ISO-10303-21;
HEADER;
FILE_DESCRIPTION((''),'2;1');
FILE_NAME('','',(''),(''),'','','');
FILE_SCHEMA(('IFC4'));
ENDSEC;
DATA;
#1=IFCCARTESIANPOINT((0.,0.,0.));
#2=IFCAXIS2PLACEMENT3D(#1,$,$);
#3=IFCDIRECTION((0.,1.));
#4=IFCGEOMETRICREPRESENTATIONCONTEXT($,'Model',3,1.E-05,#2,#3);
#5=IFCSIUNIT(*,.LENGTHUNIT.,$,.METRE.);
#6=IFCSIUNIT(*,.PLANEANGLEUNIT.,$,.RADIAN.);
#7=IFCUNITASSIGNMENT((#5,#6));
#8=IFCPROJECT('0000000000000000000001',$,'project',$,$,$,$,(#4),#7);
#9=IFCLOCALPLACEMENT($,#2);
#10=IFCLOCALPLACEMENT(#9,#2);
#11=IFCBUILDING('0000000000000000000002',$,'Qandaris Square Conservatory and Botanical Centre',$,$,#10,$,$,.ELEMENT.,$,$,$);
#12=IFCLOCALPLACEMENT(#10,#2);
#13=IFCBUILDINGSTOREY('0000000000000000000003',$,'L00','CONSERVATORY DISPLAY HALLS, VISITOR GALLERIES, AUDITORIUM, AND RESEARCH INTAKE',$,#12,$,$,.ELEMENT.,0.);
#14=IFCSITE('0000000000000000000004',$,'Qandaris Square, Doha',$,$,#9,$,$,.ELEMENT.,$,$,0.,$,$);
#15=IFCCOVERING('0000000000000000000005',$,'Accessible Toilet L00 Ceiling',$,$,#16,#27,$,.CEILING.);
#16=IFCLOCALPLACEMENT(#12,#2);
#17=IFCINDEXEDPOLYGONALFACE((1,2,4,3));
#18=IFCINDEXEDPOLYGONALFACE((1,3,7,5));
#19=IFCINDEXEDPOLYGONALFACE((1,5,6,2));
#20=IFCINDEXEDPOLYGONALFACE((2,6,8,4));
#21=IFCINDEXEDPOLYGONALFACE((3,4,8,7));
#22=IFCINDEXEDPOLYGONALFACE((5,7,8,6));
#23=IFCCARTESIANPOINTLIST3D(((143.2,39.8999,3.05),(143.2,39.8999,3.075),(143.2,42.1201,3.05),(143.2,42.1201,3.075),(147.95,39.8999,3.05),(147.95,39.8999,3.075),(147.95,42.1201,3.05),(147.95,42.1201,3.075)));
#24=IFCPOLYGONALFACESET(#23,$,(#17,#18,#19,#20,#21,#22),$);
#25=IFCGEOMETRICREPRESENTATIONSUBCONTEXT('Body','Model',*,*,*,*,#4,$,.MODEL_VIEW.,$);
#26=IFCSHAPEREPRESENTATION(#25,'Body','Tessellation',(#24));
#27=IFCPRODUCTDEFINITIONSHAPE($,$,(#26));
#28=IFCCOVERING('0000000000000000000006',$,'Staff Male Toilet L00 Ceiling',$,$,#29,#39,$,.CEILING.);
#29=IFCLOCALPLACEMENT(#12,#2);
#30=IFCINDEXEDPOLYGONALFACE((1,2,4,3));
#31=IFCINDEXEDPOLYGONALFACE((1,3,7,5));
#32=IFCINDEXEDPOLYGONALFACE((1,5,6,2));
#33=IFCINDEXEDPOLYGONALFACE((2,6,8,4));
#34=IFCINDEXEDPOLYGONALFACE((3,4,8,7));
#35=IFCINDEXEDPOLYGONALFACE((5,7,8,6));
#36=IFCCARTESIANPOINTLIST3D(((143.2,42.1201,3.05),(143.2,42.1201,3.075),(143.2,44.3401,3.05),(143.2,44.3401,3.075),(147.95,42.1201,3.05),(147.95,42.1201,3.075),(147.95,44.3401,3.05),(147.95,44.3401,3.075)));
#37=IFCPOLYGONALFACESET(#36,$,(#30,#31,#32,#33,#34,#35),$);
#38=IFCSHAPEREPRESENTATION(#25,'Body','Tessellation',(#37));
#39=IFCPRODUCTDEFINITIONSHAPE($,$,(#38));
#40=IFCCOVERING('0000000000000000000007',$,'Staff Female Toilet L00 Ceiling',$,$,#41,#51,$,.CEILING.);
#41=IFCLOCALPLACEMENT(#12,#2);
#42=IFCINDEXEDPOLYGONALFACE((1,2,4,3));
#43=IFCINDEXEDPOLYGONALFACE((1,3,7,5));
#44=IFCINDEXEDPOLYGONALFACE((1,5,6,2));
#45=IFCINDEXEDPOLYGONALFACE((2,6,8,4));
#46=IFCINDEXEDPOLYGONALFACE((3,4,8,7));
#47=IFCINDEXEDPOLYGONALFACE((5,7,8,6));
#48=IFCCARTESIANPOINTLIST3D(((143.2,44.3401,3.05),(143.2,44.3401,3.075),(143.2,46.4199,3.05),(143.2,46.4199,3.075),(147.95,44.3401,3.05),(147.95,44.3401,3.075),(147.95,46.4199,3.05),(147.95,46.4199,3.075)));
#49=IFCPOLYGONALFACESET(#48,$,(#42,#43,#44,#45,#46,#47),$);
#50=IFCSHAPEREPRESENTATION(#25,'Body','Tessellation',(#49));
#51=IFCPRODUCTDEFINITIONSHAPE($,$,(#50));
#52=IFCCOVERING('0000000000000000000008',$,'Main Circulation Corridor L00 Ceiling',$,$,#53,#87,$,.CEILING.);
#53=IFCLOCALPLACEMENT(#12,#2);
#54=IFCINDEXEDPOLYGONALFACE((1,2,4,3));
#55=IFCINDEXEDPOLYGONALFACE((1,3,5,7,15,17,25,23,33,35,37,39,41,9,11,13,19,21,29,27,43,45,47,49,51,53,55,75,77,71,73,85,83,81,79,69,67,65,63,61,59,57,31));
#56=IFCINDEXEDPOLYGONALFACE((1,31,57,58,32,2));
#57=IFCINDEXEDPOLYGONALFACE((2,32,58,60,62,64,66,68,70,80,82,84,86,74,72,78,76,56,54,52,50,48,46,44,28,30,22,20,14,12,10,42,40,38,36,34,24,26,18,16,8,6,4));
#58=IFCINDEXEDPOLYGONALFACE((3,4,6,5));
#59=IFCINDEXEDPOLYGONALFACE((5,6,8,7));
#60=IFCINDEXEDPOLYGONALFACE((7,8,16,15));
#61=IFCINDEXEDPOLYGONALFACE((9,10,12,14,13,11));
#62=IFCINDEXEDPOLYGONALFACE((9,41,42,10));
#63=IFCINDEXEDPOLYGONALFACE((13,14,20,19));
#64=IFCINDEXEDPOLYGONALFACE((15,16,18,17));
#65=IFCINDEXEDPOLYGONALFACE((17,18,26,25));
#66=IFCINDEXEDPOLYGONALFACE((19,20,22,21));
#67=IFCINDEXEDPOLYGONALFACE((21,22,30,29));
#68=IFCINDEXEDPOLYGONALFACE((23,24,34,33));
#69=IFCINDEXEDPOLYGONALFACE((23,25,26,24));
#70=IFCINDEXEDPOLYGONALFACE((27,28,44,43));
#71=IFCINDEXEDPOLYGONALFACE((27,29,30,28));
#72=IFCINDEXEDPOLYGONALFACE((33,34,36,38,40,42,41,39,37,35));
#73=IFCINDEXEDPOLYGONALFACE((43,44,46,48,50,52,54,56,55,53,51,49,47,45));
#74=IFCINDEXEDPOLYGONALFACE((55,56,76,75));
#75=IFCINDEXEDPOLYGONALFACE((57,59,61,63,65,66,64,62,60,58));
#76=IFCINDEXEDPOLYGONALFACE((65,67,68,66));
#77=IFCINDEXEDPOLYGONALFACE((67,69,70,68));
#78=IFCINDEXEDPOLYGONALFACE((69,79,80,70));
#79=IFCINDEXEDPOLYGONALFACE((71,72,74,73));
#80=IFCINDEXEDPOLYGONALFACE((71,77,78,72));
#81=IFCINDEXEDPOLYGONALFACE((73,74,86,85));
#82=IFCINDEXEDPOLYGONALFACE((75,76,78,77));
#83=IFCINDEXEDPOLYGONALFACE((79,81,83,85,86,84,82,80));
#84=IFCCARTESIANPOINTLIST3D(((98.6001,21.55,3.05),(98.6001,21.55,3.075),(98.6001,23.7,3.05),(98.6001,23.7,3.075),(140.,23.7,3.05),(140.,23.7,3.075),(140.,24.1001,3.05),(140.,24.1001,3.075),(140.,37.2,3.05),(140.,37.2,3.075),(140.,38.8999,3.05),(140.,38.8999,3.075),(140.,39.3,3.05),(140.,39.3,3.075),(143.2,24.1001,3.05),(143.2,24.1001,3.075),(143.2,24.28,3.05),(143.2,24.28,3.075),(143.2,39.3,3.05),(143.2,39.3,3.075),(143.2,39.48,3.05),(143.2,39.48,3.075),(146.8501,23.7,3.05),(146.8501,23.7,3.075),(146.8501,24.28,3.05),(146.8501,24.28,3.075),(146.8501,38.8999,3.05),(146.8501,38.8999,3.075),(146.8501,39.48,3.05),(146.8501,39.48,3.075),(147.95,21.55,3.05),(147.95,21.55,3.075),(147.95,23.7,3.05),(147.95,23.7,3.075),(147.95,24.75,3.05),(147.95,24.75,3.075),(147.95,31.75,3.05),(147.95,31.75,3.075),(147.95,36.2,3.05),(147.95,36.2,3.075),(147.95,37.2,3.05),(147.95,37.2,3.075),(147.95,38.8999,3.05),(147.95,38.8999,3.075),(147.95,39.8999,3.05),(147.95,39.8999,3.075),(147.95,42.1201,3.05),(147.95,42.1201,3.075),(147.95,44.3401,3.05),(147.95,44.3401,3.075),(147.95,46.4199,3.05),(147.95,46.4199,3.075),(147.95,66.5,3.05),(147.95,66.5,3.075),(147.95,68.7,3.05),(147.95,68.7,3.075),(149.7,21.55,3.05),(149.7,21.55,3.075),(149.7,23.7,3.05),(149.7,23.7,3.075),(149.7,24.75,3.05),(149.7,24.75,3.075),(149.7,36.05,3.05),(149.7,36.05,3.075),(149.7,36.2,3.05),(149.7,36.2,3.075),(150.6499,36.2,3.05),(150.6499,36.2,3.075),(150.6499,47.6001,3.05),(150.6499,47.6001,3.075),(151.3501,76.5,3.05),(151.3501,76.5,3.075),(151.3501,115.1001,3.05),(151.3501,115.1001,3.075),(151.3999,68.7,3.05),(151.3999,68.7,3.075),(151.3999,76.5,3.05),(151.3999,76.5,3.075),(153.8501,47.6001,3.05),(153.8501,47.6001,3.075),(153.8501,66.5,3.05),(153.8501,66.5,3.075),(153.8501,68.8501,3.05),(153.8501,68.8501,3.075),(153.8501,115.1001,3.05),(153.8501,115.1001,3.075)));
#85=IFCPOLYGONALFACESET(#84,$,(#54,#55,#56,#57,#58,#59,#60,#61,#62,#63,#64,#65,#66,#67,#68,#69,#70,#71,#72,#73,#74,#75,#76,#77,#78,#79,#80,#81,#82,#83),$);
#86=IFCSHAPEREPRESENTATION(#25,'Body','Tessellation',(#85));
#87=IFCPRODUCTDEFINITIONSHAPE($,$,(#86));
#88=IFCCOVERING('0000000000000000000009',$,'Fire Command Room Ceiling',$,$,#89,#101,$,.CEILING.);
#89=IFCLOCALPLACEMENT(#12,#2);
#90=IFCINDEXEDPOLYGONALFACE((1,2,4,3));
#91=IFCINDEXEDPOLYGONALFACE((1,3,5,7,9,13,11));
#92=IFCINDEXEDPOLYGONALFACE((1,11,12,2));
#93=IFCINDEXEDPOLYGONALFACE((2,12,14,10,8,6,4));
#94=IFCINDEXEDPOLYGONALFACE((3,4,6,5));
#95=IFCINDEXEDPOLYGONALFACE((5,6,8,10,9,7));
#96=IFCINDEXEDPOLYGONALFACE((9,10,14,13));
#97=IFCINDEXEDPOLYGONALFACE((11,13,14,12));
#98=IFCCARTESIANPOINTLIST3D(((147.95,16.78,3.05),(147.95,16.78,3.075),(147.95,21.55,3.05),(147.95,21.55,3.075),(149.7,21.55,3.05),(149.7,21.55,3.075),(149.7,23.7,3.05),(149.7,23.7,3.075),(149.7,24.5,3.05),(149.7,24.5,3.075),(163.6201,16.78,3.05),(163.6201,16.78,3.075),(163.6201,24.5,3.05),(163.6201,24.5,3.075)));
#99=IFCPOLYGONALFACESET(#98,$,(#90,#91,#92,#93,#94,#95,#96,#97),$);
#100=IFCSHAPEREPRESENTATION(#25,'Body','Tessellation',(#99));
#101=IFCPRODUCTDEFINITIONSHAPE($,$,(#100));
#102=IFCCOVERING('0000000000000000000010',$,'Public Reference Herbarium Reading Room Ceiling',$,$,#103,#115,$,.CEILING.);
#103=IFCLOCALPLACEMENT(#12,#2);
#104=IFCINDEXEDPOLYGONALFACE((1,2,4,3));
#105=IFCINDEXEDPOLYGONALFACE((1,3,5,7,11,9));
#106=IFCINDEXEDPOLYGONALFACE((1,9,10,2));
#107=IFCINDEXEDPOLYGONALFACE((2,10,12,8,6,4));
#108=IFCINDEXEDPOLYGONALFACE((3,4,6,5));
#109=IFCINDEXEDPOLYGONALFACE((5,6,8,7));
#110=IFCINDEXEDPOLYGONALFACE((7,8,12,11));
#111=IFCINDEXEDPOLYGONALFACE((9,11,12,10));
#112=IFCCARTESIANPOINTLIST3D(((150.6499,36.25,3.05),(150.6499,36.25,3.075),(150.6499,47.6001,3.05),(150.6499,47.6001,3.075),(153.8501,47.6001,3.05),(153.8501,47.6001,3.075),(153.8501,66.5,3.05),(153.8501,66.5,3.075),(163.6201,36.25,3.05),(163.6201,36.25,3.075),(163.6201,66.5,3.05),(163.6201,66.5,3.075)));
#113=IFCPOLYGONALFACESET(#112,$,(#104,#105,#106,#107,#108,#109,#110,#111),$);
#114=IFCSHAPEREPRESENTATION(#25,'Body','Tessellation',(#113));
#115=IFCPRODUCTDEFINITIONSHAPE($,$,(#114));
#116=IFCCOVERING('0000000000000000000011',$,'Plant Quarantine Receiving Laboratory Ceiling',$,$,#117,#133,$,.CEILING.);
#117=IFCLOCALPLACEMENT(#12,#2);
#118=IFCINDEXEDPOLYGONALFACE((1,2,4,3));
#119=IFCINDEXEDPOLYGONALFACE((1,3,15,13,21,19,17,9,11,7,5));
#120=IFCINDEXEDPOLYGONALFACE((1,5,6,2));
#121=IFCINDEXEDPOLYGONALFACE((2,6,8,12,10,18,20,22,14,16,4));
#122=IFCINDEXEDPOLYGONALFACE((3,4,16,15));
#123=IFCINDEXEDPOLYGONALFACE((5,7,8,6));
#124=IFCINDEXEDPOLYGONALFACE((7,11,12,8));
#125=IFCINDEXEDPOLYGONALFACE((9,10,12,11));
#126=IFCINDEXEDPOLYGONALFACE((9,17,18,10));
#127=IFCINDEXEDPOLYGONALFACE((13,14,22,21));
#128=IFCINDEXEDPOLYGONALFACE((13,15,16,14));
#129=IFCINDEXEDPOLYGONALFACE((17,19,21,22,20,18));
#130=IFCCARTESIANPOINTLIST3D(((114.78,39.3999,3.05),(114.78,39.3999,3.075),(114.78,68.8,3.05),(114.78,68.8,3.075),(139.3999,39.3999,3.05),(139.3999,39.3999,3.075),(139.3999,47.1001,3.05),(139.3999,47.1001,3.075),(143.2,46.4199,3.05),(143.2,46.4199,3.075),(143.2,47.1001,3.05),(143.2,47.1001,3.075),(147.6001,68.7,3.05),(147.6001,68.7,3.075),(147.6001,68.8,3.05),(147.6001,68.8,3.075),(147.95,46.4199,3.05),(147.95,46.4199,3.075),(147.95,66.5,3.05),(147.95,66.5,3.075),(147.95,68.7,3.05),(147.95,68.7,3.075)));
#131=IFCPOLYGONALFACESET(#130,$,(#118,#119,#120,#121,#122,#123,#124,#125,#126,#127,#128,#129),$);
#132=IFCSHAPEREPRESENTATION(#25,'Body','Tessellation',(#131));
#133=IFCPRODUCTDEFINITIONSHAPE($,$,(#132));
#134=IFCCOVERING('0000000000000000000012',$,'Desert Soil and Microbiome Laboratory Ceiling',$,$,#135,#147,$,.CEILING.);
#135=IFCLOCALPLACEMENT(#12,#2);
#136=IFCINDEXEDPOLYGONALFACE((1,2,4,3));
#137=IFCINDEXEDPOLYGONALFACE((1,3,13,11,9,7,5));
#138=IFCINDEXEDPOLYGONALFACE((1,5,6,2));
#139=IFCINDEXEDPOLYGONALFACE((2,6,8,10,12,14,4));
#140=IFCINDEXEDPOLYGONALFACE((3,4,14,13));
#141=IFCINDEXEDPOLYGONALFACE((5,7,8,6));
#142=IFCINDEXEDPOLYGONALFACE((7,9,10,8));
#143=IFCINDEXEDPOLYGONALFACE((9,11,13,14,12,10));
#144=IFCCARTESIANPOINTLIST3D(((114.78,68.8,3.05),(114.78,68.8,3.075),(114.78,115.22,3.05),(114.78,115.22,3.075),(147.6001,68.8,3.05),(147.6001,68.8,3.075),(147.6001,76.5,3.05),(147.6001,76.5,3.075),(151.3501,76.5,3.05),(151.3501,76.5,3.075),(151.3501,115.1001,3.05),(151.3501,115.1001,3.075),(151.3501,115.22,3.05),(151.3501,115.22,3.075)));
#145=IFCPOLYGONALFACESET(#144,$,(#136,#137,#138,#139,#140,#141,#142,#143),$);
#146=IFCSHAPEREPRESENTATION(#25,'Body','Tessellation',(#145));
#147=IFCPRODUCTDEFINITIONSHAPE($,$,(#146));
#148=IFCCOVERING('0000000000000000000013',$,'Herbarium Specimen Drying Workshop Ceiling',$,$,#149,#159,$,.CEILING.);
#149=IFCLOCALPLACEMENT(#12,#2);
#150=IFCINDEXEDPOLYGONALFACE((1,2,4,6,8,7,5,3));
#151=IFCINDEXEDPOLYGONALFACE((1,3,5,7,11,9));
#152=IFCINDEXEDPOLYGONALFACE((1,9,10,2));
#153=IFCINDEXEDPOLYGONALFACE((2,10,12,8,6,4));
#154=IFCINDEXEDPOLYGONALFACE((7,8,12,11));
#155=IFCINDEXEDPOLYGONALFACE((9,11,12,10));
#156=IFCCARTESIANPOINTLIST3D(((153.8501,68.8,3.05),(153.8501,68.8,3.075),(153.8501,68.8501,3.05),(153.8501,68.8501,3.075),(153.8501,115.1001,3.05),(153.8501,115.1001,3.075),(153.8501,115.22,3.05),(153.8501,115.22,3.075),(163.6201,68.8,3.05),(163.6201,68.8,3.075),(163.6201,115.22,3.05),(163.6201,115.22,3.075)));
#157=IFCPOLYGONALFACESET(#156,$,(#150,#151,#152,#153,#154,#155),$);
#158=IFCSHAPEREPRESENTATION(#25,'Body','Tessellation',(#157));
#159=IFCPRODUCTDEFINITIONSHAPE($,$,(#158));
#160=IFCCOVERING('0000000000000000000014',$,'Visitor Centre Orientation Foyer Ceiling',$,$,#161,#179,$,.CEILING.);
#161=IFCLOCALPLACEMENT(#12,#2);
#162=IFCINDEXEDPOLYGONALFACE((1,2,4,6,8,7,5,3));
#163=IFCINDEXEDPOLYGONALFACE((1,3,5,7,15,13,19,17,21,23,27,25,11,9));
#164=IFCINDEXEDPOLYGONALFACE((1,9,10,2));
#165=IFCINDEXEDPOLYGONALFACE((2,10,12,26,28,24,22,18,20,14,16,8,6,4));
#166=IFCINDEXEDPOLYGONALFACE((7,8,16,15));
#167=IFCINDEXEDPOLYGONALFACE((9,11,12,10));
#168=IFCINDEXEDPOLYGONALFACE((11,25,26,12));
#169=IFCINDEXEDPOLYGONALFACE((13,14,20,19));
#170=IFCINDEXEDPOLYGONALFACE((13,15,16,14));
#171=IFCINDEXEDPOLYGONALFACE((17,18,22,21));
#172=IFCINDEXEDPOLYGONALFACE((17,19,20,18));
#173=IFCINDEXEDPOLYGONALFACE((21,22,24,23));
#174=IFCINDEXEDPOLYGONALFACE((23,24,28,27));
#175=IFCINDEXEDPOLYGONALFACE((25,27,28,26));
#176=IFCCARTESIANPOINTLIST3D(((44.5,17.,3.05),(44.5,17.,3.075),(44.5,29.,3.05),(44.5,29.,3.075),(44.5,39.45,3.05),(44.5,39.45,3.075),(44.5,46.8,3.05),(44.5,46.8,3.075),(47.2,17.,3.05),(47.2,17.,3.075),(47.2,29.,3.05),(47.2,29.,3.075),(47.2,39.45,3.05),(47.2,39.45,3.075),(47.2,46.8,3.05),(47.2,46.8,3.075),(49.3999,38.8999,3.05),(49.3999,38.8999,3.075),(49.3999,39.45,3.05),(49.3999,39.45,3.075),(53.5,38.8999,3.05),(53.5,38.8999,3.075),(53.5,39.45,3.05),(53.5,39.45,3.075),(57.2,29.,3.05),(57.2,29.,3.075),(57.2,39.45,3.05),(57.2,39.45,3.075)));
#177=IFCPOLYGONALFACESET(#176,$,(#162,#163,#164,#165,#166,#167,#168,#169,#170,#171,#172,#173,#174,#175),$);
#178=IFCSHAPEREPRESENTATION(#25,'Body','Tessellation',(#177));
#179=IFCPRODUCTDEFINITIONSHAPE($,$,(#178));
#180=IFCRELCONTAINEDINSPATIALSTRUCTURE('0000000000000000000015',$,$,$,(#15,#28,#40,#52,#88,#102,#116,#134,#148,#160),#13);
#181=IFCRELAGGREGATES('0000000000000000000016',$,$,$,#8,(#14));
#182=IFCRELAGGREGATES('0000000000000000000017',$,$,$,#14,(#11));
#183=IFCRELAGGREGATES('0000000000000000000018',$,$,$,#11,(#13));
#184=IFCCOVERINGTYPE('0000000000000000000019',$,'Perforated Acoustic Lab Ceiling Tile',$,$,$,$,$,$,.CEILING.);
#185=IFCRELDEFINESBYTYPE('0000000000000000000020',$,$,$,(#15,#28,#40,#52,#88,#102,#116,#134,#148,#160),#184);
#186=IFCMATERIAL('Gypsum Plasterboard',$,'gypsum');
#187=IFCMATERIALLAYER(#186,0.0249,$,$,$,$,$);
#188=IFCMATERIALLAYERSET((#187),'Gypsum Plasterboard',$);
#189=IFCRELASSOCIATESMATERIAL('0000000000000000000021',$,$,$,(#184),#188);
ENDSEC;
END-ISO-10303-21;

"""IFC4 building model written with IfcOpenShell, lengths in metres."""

from ifc_helpers import new_model, si_unit, direction, frame, origin, place, context, subcontext, project, spatial, polyline, outline, extrude, material, layer, layer_set, type_object, element, save


model = new_model("IFC4")

# Units and contexts
model_context = context("Model", 3, precision=1e-05, world=origin(), true_north=direction((0.0, 1.0)))
body_context = subcontext(model_context, "Body", "Model", "MODEL_VIEW")
ifc_project = project(units=[si_unit("LENGTHUNIT", "METRE"), si_unit("PLANEANGLEUNIT", "RADIAN")], contexts=[model_context])

# Site, building, storey
site_placement = place(None, origin())
site = spatial("IfcSite", under=ifc_project, at=site_placement, Name="Qandaris Square, Doha", CompositionType="ELEMENT", RefElevation=0.0)
building_placement = place(site_placement, origin())
building = spatial("IfcBuilding", under=site, at=building_placement, Name="Qandaris Square Conservatory and Botanical Centre", CompositionType="ELEMENT")
storey_placement = place(building_placement, origin())
storey = spatial("IfcBuildingStorey", under=building, at=storey_placement, Name="L00", Description="CONSERVATORY DISPLAY HALLS, VISITOR GALLERIES, AUDITORIUM, AND RESEARCH INTAKE", CompositionType="ELEMENT", Elevation=0.0)

# Coverings
ifc_material_1 = material(Name="Gypsum Plasterboard", Category="gypsum")
ifc_layer_1 = layer(ifc_material_1, 0.0249)
ifc_layer_set_1 = layer_set([ifc_layer_1], Name="Gypsum Plasterboard")
covering_type_1 = type_object("IfcCoveringType", Name="Perforated Acoustic Lab Ceiling Tile", PredefinedType="CEILING", material=ifc_layer_set_1)
covering_1_placement = place(storey_placement, frame((0.0, 0.0, 3.05)))
element("IfcCovering", 1, at=covering_1_placement, inside=storey, type_object=covering_type_1, Name="Accessible Toilet L00 Ceiling", PredefinedType="CEILING", context=body_context, shape_type="SweptSolid", body=[
    extrude(outline(polyline([(147.95, 42.1201), (147.95, 39.8999), (143.2, 39.8999), (143.2, 42.1201), (147.95, 42.1201)])), origin(), (0.0, 0.0, 1.0), 0.0249),
])
covering_2_placement = place(storey_placement, frame((0.0, 0.0, 3.05)))
element("IfcCovering", 2, at=covering_2_placement, inside=storey, type_object=covering_type_1, Name="Staff Male Toilet L00 Ceiling", PredefinedType="CEILING", context=body_context, shape_type="SweptSolid", body=[
    extrude(outline(polyline([(147.95, 44.3401), (147.95, 42.1201), (143.2, 42.1201), (143.2, 44.3401), (147.95, 44.3401)])), origin(), (0.0, 0.0, 1.0), 0.0249),
])
covering_3_placement = place(storey_placement, frame((0.0, 0.0, 3.05)))
element("IfcCovering", 3, at=covering_3_placement, inside=storey, type_object=covering_type_1, Name="Staff Female Toilet L00 Ceiling", PredefinedType="CEILING", context=body_context, shape_type="SweptSolid", body=[
    extrude(outline(polyline([(147.95, 46.4199), (147.95, 44.3401), (143.2, 44.3401), (143.2, 46.4199), (147.95, 46.4199)])), origin(), (0.0, 0.0, 1.0), 0.0249),
])
covering_4_placement = place(storey_placement, frame((0.0, 0.0, 3.05)))
element("IfcCovering", 4, at=covering_4_placement, inside=storey, type_object=covering_type_1, Name="Main Circulation Corridor L00 Ceiling", PredefinedType="CEILING", context=body_context, shape_type="SweptSolid", body=[
    extrude(outline(polyline([(140.0, 24.1001), (143.2, 24.1001), (143.2, 24.28), (146.8501, 24.28), (146.8501, 23.7), (147.95, 23.7), (147.95, 24.75), (147.95, 31.75), (147.95, 36.2), (147.95, 37.2), (140.0, 37.2), (140.0, 38.8999), (140.0, 39.3), (143.2, 39.3), (143.2, 39.48), (146.8501, 39.48), (146.8501, 38.8999), (147.95, 38.8999), (147.95, 39.8999), (147.95, 42.1201), (147.95, 44.3401), (147.95, 46.4199), (147.95, 66.5), (147.95, 68.7), (151.3999, 68.7), (151.3999, 76.5), (151.3501, 76.5), (151.3501, 115.1001), (153.8501, 115.1001), (153.8501, 68.8501), (153.8501, 66.5), (153.8501, 47.6001), (150.6499, 47.6001), (150.6499, 36.2), (149.7, 36.2), (149.7, 36.05), (149.7, 24.75), (149.7, 23.7), (149.7, 21.55), (147.95, 21.55), (98.6001, 21.55), (98.6001, 23.7), (140.0, 23.7), (140.0, 24.1001)])), origin(), (0.0, 0.0, 1.0), 0.0249),
])
covering_5_placement = place(storey_placement, frame((0.0, 0.0, 3.05)))
element("IfcCovering", 5, at=covering_5_placement, inside=storey, type_object=covering_type_1, Name="Fire Command Room Ceiling", PredefinedType="CEILING", context=body_context, shape_type="SweptSolid", body=[
    extrude(outline(polyline([(147.95, 21.55), (149.7, 21.55), (149.7, 23.7), (149.7, 24.5), (163.6201, 24.5), (163.6201, 16.78), (147.95, 16.78), (147.95, 21.55)])), origin(), (0.0, 0.0, 1.0), 0.0249),
])
covering_6_placement = place(storey_placement, frame((0.0, 0.0, 3.05)))
element("IfcCovering", 6, at=covering_6_placement, inside=storey, type_object=covering_type_1, Name="Public Reference Herbarium Reading Room Ceiling", PredefinedType="CEILING", context=body_context, shape_type="SweptSolid", body=[
    extrude(outline(polyline([(150.6499, 47.6001), (153.8501, 47.6001), (153.8501, 66.5), (163.6201, 66.5), (163.6201, 36.25), (150.6499, 36.25), (150.6499, 47.6001)])), origin(), (0.0, 0.0, 1.0), 0.0249),
])
covering_7_placement = place(storey_placement, frame((0.0, 0.0, 3.05)))
element("IfcCovering", 7, at=covering_7_placement, inside=storey, type_object=covering_type_1, Name="Plant Quarantine Receiving Laboratory Ceiling", PredefinedType="CEILING", context=body_context, shape_type="SweptSolid", body=[
    extrude(outline(polyline([(147.95, 66.5), (147.95, 46.4199), (143.2, 46.4199), (143.2, 47.1001), (139.3999, 47.1001), (139.3999, 39.3999), (114.78, 39.3999), (114.78, 68.8), (147.6001, 68.8), (147.6001, 68.7), (147.95, 68.7), (147.95, 66.5)])), origin(), (0.0, 0.0, 1.0), 0.0249),
])
covering_8_placement = place(storey_placement, frame((0.0, 0.0, 3.05)))
element("IfcCovering", 8, at=covering_8_placement, inside=storey, type_object=covering_type_1, Name="Desert Soil and Microbiome Laboratory Ceiling", PredefinedType="CEILING", context=body_context, shape_type="SweptSolid", body=[
    extrude(outline(polyline([(151.3501, 115.1001), (151.3501, 76.5), (147.6001, 76.5), (147.6001, 68.8), (114.78, 68.8), (114.78, 115.22), (151.3501, 115.22), (151.3501, 115.1001)])), origin(), (0.0, 0.0, 1.0), 0.0249),
])
covering_9_placement = place(storey_placement, frame((0.0, 0.0, 3.05)))
element("IfcCovering", 9, at=covering_9_placement, inside=storey, type_object=covering_type_1, Name="Herbarium Specimen Drying Workshop Ceiling", PredefinedType="CEILING", context=body_context, shape_type="SweptSolid", body=[
    extrude(outline(polyline([(153.8501, 68.8), (153.8501, 68.8501), (153.8501, 115.1001), (153.8501, 115.22), (163.6201, 115.22), (163.6201, 68.8), (153.8501, 68.8)])), origin(), (0.0, 0.0, 1.0), 0.0249),
])
covering_10_placement = place(storey_placement, frame((0.0, 0.0, 3.05)))
element("IfcCovering", 10, at=covering_10_placement, inside=storey, type_object=covering_type_1, Name="Visitor Centre Orientation Foyer Ceiling", PredefinedType="CEILING", context=body_context, shape_type="SweptSolid", body=[
    extrude(outline(polyline([(47.2, 29.0), (47.2, 17.0), (44.5, 17.0), (44.5, 29.0), (44.5, 39.45), (44.5, 46.8), (47.2, 46.8), (47.2, 39.45), (49.3999, 39.45), (49.3999, 38.8999), (53.5, 38.8999), (53.5, 39.45), (57.2, 39.45), (57.2, 29.0), (47.2, 29.0)])), origin(), (0.0, 0.0, 1.0), 0.0249),
])

save(model, "model.ifc")
